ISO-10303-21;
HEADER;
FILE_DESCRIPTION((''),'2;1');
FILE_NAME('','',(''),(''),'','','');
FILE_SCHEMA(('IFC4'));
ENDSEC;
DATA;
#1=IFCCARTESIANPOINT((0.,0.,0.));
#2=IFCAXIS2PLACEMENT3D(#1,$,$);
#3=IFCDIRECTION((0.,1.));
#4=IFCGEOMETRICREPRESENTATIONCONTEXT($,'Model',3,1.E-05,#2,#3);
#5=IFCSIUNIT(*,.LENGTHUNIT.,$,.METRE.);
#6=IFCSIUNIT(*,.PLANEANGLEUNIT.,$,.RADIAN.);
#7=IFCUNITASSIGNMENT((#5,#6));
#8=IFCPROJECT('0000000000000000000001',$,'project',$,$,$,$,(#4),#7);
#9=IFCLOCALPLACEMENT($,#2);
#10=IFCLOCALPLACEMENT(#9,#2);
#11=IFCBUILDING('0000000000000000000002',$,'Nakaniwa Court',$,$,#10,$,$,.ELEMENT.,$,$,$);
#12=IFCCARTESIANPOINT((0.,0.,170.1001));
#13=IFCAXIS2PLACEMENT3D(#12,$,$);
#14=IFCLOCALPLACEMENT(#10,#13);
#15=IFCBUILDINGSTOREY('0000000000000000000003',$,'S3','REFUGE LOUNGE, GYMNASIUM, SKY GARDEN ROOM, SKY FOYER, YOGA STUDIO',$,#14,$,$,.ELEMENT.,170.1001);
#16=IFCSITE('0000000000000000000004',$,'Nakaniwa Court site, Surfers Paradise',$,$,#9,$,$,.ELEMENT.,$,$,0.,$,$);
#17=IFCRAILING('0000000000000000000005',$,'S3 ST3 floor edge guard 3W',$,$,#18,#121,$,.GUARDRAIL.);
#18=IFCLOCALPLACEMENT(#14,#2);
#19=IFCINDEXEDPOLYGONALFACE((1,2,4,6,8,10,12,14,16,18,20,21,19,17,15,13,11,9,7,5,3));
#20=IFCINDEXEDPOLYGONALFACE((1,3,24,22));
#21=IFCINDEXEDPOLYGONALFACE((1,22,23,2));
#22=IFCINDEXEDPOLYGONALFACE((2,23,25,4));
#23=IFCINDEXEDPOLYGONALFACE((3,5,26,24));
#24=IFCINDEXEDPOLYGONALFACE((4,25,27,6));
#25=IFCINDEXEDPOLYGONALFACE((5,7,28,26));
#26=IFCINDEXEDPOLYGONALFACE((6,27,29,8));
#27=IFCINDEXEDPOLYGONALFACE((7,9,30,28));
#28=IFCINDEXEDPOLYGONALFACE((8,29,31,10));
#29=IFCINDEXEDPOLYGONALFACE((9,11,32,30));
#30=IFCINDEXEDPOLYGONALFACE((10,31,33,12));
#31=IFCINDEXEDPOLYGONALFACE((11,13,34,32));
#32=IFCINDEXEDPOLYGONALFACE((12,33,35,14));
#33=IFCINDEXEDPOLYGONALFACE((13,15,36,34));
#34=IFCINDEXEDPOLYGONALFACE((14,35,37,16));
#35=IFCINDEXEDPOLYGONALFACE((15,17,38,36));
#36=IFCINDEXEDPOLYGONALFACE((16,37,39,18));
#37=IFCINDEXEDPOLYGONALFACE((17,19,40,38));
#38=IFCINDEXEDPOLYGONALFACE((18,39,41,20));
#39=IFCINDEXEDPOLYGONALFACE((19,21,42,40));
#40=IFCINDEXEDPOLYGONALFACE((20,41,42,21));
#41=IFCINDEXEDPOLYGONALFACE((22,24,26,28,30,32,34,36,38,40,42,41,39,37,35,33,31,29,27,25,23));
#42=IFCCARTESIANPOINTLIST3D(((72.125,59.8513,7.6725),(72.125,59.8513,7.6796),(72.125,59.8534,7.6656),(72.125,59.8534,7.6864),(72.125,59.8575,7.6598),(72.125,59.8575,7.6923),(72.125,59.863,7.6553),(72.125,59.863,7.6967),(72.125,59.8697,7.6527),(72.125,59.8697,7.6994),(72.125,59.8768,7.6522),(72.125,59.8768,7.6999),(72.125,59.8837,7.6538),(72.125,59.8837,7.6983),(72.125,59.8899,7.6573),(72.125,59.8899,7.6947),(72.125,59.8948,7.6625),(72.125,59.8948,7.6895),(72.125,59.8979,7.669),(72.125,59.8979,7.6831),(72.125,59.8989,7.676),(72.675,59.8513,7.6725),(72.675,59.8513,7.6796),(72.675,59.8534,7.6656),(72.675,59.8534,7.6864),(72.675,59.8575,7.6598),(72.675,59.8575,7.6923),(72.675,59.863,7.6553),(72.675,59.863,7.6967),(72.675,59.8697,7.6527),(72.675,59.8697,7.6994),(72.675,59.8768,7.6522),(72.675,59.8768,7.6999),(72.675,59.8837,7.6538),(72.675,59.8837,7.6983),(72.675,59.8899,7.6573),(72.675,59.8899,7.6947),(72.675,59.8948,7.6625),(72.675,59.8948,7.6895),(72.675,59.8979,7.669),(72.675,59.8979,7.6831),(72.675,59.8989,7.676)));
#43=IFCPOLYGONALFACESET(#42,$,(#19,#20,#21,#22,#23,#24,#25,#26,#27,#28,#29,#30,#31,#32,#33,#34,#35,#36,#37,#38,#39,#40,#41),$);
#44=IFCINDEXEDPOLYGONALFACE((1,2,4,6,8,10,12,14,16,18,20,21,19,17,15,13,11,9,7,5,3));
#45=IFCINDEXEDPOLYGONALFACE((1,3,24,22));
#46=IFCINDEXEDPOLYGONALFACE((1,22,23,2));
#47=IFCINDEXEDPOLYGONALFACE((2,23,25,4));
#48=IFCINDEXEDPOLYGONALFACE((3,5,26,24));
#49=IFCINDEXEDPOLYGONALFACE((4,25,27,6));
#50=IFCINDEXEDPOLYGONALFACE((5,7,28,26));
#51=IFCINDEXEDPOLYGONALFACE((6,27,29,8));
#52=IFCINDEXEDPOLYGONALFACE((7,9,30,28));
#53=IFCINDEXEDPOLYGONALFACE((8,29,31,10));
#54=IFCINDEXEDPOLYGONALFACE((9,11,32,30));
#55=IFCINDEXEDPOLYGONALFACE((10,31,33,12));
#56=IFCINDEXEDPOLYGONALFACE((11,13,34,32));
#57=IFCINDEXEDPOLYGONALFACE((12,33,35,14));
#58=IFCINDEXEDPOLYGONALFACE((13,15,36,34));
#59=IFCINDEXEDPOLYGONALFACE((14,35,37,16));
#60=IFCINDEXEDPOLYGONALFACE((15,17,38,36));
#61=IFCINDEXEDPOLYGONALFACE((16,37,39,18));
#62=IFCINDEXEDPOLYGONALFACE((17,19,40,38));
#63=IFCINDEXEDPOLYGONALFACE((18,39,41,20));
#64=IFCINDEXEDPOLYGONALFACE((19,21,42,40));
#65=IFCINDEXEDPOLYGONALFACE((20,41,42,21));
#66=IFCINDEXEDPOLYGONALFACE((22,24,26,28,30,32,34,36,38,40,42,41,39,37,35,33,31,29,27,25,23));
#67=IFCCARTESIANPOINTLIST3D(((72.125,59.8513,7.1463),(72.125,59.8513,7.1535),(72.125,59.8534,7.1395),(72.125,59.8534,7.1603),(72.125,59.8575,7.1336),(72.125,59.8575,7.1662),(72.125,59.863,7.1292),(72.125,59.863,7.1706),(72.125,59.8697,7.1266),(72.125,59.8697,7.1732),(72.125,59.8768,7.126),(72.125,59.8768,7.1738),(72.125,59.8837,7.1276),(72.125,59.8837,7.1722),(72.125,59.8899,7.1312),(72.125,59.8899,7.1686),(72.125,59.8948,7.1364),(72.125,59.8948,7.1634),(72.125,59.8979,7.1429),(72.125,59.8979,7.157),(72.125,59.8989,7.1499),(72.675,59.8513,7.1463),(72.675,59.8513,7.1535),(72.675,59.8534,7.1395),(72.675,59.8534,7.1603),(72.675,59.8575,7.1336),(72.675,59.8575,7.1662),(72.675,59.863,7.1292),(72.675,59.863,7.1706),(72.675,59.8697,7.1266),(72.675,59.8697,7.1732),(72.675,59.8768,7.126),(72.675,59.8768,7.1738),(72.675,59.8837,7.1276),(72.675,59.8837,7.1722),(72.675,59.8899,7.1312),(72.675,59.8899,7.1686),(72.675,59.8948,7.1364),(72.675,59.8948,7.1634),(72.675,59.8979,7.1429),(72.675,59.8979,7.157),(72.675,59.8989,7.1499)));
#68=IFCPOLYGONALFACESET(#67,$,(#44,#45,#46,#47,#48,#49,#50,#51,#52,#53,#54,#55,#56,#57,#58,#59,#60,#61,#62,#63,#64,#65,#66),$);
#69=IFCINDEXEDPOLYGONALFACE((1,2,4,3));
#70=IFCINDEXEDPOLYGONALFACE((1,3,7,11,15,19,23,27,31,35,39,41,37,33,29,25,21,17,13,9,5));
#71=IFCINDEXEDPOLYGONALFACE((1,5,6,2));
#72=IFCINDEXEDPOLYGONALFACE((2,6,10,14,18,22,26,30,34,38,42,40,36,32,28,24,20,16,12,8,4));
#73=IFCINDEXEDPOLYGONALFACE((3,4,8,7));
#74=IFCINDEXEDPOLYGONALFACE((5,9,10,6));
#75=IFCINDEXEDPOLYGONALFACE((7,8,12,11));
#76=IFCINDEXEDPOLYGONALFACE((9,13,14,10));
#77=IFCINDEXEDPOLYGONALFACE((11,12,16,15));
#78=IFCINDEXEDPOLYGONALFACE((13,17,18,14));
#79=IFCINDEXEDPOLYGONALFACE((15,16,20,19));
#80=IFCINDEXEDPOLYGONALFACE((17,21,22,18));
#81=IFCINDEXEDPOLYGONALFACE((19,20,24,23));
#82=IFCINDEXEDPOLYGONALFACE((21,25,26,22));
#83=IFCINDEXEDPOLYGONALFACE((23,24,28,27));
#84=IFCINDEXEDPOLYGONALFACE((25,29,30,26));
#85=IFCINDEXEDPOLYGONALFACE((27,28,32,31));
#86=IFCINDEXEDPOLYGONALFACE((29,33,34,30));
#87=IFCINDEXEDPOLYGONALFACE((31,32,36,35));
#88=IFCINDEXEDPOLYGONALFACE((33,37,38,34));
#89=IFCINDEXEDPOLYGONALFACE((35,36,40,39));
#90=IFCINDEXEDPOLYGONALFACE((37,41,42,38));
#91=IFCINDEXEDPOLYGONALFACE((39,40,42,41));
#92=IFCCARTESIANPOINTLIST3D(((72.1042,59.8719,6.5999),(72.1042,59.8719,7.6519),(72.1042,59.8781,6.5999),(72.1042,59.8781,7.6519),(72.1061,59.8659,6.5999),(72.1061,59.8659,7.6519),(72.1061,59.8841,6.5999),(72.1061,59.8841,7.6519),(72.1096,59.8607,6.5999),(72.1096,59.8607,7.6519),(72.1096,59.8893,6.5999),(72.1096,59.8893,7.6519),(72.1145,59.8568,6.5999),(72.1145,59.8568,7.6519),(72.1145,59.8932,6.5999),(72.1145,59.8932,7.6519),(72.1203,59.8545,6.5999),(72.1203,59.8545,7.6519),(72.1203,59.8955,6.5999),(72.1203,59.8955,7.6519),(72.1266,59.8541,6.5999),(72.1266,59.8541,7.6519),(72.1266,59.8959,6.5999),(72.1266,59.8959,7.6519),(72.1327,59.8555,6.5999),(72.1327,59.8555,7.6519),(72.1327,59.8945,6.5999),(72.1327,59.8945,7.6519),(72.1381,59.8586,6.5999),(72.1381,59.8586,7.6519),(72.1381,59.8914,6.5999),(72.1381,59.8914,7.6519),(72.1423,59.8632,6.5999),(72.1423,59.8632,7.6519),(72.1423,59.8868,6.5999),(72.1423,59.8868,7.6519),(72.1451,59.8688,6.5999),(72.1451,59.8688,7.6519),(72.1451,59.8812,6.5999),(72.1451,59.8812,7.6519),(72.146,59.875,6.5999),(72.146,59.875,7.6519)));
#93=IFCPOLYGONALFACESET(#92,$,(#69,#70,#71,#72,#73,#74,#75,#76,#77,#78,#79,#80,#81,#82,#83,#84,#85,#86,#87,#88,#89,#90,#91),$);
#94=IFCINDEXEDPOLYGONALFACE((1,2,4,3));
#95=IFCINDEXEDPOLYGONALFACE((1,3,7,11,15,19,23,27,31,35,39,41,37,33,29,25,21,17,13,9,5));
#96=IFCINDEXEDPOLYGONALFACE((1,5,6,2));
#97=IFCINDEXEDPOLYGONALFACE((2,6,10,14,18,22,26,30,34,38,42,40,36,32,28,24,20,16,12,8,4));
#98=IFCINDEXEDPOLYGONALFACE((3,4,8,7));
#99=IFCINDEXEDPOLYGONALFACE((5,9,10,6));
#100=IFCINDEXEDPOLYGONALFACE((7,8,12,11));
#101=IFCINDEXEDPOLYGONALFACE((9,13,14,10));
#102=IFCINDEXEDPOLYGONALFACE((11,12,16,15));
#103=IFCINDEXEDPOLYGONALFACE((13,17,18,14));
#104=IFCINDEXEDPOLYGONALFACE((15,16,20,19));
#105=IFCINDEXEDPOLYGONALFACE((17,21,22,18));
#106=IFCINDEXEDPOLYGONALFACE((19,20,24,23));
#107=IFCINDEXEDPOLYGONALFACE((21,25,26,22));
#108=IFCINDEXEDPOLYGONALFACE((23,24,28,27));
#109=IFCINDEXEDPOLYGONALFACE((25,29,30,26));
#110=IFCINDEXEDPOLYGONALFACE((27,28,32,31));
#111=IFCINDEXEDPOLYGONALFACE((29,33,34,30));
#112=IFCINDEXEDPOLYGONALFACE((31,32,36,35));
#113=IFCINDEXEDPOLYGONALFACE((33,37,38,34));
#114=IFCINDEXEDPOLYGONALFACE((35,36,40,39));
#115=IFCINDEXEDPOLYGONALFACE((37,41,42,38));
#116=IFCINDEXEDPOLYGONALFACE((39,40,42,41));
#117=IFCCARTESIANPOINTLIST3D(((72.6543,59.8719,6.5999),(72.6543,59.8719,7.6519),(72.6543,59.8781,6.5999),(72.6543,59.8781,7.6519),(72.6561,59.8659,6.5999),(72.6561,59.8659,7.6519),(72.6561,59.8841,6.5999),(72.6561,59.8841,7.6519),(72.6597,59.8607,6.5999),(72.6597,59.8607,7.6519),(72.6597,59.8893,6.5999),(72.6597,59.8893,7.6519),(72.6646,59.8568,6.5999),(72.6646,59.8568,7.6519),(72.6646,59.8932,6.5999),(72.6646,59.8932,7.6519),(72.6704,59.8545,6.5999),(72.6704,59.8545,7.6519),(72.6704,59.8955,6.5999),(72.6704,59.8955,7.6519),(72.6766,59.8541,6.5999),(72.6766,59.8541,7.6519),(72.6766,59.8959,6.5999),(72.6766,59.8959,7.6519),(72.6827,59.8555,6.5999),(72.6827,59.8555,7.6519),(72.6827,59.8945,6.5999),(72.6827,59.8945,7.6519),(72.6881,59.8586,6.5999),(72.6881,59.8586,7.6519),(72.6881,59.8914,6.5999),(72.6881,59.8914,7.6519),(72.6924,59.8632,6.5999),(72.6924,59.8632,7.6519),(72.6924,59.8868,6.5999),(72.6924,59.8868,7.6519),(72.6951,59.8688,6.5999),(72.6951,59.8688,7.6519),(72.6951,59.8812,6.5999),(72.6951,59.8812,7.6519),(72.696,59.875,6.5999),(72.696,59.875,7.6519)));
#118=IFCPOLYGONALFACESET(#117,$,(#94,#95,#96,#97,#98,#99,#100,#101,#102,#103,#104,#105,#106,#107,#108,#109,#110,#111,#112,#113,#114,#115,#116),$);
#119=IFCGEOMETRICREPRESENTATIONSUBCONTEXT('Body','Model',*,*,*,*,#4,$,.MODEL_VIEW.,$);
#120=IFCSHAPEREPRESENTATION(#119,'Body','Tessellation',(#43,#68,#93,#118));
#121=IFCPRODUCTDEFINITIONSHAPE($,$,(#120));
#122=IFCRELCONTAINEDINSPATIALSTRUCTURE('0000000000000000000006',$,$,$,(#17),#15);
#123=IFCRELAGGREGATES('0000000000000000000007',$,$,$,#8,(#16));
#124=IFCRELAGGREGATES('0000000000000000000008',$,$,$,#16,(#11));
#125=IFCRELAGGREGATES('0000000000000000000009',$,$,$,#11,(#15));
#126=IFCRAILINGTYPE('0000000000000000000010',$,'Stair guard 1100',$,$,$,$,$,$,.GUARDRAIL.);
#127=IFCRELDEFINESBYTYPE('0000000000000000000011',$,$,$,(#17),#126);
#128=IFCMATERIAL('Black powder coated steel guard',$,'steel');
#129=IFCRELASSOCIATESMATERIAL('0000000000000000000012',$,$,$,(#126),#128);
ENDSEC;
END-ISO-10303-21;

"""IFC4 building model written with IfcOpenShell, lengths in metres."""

from ifc_helpers import new_model, si_unit, direction, frame, origin, origin_2d, place, context, subcontext, project, spatial, circle, extrude, material, type_object, element, save


model = new_model("IFC4")

# Units and contexts
model_context = context("Model", 3, precision=1e-05, world=origin(), true_north=direction((0.0, 1.0)))
body_context = subcontext(model_context, "Body", "Model", "MODEL_VIEW")
ifc_project = project(units=[si_unit("LENGTHUNIT", "METRE"), si_unit("PLANEANGLEUNIT", "RADIAN")], contexts=[model_context])

# Site, building, storey
site_placement = place(None, origin())
site = spatial("IfcSite", under=ifc_project, at=site_placement, Name="Nakaniwa Court site, Surfers Paradise", CompositionType="ELEMENT", RefElevation=0.0)
building_placement = place(site_placement, origin())
building = spatial("IfcBuilding", under=site, at=building_placement, Name="Nakaniwa Court", CompositionType="ELEMENT")
storey_placement = place(building_placement, frame((0.0, 0.0, 170.1001)))
storey = spatial("IfcBuildingStorey", under=building, at=storey_placement, Name="S3", Description="REFUGE LOUNGE, GYMNASIUM, SKY GARDEN ROOM, SKY FOYER, YOGA STUDIO", CompositionType="ELEMENT", Elevation=170.1001)

# Railing
ifc_material_1 = material(Name="Black powder coated steel guard", Category="steel")
railing_type_1 = type_object("IfcRailingType", Name="Stair guard 1100", PredefinedType="GUARDRAIL", material=ifc_material_1)
for number, where, name in (
    (1, (72.125, 59.875, 6.5999), "S3 ST3 floor edge guard 3W"),
):
    element("IfcRailing", number, at=place(storey_placement, frame(where)), inside=storey, type_object=railing_type_1, Name=name, PredefinedType="GUARDRAIL", context=body_context, shape_type="SweptSolid", body=[
        extrude(circle(Radius=0.0239, at=origin_2d()), frame((0.0, 0.0, 1.0762), z_axis=(1.0, 0.0, 0.0), x_axis=(0.0, 1.0, 0.0)), (0.0, 0.0, 1.0), 0.55),
        extrude(circle(Radius=0.0239, at=origin_2d()), frame((0.0, 0.0, 0.55), z_axis=(1.0, 0.0, 0.0), x_axis=(0.0, 1.0, 0.0)), (0.0, 0.0, 1.0), 0.55),
        extrude(circle(Radius=0.021, at=origin_2d()), origin(), (0.0, 0.0, 1.0), 1.052),
        extrude(circle(Radius=0.021, at=origin_2d()), frame((0.55, 0.0, 0.0)), (0.0, 0.0, 1.0), 1.052),
    ])

save(model, "model.ifc")
